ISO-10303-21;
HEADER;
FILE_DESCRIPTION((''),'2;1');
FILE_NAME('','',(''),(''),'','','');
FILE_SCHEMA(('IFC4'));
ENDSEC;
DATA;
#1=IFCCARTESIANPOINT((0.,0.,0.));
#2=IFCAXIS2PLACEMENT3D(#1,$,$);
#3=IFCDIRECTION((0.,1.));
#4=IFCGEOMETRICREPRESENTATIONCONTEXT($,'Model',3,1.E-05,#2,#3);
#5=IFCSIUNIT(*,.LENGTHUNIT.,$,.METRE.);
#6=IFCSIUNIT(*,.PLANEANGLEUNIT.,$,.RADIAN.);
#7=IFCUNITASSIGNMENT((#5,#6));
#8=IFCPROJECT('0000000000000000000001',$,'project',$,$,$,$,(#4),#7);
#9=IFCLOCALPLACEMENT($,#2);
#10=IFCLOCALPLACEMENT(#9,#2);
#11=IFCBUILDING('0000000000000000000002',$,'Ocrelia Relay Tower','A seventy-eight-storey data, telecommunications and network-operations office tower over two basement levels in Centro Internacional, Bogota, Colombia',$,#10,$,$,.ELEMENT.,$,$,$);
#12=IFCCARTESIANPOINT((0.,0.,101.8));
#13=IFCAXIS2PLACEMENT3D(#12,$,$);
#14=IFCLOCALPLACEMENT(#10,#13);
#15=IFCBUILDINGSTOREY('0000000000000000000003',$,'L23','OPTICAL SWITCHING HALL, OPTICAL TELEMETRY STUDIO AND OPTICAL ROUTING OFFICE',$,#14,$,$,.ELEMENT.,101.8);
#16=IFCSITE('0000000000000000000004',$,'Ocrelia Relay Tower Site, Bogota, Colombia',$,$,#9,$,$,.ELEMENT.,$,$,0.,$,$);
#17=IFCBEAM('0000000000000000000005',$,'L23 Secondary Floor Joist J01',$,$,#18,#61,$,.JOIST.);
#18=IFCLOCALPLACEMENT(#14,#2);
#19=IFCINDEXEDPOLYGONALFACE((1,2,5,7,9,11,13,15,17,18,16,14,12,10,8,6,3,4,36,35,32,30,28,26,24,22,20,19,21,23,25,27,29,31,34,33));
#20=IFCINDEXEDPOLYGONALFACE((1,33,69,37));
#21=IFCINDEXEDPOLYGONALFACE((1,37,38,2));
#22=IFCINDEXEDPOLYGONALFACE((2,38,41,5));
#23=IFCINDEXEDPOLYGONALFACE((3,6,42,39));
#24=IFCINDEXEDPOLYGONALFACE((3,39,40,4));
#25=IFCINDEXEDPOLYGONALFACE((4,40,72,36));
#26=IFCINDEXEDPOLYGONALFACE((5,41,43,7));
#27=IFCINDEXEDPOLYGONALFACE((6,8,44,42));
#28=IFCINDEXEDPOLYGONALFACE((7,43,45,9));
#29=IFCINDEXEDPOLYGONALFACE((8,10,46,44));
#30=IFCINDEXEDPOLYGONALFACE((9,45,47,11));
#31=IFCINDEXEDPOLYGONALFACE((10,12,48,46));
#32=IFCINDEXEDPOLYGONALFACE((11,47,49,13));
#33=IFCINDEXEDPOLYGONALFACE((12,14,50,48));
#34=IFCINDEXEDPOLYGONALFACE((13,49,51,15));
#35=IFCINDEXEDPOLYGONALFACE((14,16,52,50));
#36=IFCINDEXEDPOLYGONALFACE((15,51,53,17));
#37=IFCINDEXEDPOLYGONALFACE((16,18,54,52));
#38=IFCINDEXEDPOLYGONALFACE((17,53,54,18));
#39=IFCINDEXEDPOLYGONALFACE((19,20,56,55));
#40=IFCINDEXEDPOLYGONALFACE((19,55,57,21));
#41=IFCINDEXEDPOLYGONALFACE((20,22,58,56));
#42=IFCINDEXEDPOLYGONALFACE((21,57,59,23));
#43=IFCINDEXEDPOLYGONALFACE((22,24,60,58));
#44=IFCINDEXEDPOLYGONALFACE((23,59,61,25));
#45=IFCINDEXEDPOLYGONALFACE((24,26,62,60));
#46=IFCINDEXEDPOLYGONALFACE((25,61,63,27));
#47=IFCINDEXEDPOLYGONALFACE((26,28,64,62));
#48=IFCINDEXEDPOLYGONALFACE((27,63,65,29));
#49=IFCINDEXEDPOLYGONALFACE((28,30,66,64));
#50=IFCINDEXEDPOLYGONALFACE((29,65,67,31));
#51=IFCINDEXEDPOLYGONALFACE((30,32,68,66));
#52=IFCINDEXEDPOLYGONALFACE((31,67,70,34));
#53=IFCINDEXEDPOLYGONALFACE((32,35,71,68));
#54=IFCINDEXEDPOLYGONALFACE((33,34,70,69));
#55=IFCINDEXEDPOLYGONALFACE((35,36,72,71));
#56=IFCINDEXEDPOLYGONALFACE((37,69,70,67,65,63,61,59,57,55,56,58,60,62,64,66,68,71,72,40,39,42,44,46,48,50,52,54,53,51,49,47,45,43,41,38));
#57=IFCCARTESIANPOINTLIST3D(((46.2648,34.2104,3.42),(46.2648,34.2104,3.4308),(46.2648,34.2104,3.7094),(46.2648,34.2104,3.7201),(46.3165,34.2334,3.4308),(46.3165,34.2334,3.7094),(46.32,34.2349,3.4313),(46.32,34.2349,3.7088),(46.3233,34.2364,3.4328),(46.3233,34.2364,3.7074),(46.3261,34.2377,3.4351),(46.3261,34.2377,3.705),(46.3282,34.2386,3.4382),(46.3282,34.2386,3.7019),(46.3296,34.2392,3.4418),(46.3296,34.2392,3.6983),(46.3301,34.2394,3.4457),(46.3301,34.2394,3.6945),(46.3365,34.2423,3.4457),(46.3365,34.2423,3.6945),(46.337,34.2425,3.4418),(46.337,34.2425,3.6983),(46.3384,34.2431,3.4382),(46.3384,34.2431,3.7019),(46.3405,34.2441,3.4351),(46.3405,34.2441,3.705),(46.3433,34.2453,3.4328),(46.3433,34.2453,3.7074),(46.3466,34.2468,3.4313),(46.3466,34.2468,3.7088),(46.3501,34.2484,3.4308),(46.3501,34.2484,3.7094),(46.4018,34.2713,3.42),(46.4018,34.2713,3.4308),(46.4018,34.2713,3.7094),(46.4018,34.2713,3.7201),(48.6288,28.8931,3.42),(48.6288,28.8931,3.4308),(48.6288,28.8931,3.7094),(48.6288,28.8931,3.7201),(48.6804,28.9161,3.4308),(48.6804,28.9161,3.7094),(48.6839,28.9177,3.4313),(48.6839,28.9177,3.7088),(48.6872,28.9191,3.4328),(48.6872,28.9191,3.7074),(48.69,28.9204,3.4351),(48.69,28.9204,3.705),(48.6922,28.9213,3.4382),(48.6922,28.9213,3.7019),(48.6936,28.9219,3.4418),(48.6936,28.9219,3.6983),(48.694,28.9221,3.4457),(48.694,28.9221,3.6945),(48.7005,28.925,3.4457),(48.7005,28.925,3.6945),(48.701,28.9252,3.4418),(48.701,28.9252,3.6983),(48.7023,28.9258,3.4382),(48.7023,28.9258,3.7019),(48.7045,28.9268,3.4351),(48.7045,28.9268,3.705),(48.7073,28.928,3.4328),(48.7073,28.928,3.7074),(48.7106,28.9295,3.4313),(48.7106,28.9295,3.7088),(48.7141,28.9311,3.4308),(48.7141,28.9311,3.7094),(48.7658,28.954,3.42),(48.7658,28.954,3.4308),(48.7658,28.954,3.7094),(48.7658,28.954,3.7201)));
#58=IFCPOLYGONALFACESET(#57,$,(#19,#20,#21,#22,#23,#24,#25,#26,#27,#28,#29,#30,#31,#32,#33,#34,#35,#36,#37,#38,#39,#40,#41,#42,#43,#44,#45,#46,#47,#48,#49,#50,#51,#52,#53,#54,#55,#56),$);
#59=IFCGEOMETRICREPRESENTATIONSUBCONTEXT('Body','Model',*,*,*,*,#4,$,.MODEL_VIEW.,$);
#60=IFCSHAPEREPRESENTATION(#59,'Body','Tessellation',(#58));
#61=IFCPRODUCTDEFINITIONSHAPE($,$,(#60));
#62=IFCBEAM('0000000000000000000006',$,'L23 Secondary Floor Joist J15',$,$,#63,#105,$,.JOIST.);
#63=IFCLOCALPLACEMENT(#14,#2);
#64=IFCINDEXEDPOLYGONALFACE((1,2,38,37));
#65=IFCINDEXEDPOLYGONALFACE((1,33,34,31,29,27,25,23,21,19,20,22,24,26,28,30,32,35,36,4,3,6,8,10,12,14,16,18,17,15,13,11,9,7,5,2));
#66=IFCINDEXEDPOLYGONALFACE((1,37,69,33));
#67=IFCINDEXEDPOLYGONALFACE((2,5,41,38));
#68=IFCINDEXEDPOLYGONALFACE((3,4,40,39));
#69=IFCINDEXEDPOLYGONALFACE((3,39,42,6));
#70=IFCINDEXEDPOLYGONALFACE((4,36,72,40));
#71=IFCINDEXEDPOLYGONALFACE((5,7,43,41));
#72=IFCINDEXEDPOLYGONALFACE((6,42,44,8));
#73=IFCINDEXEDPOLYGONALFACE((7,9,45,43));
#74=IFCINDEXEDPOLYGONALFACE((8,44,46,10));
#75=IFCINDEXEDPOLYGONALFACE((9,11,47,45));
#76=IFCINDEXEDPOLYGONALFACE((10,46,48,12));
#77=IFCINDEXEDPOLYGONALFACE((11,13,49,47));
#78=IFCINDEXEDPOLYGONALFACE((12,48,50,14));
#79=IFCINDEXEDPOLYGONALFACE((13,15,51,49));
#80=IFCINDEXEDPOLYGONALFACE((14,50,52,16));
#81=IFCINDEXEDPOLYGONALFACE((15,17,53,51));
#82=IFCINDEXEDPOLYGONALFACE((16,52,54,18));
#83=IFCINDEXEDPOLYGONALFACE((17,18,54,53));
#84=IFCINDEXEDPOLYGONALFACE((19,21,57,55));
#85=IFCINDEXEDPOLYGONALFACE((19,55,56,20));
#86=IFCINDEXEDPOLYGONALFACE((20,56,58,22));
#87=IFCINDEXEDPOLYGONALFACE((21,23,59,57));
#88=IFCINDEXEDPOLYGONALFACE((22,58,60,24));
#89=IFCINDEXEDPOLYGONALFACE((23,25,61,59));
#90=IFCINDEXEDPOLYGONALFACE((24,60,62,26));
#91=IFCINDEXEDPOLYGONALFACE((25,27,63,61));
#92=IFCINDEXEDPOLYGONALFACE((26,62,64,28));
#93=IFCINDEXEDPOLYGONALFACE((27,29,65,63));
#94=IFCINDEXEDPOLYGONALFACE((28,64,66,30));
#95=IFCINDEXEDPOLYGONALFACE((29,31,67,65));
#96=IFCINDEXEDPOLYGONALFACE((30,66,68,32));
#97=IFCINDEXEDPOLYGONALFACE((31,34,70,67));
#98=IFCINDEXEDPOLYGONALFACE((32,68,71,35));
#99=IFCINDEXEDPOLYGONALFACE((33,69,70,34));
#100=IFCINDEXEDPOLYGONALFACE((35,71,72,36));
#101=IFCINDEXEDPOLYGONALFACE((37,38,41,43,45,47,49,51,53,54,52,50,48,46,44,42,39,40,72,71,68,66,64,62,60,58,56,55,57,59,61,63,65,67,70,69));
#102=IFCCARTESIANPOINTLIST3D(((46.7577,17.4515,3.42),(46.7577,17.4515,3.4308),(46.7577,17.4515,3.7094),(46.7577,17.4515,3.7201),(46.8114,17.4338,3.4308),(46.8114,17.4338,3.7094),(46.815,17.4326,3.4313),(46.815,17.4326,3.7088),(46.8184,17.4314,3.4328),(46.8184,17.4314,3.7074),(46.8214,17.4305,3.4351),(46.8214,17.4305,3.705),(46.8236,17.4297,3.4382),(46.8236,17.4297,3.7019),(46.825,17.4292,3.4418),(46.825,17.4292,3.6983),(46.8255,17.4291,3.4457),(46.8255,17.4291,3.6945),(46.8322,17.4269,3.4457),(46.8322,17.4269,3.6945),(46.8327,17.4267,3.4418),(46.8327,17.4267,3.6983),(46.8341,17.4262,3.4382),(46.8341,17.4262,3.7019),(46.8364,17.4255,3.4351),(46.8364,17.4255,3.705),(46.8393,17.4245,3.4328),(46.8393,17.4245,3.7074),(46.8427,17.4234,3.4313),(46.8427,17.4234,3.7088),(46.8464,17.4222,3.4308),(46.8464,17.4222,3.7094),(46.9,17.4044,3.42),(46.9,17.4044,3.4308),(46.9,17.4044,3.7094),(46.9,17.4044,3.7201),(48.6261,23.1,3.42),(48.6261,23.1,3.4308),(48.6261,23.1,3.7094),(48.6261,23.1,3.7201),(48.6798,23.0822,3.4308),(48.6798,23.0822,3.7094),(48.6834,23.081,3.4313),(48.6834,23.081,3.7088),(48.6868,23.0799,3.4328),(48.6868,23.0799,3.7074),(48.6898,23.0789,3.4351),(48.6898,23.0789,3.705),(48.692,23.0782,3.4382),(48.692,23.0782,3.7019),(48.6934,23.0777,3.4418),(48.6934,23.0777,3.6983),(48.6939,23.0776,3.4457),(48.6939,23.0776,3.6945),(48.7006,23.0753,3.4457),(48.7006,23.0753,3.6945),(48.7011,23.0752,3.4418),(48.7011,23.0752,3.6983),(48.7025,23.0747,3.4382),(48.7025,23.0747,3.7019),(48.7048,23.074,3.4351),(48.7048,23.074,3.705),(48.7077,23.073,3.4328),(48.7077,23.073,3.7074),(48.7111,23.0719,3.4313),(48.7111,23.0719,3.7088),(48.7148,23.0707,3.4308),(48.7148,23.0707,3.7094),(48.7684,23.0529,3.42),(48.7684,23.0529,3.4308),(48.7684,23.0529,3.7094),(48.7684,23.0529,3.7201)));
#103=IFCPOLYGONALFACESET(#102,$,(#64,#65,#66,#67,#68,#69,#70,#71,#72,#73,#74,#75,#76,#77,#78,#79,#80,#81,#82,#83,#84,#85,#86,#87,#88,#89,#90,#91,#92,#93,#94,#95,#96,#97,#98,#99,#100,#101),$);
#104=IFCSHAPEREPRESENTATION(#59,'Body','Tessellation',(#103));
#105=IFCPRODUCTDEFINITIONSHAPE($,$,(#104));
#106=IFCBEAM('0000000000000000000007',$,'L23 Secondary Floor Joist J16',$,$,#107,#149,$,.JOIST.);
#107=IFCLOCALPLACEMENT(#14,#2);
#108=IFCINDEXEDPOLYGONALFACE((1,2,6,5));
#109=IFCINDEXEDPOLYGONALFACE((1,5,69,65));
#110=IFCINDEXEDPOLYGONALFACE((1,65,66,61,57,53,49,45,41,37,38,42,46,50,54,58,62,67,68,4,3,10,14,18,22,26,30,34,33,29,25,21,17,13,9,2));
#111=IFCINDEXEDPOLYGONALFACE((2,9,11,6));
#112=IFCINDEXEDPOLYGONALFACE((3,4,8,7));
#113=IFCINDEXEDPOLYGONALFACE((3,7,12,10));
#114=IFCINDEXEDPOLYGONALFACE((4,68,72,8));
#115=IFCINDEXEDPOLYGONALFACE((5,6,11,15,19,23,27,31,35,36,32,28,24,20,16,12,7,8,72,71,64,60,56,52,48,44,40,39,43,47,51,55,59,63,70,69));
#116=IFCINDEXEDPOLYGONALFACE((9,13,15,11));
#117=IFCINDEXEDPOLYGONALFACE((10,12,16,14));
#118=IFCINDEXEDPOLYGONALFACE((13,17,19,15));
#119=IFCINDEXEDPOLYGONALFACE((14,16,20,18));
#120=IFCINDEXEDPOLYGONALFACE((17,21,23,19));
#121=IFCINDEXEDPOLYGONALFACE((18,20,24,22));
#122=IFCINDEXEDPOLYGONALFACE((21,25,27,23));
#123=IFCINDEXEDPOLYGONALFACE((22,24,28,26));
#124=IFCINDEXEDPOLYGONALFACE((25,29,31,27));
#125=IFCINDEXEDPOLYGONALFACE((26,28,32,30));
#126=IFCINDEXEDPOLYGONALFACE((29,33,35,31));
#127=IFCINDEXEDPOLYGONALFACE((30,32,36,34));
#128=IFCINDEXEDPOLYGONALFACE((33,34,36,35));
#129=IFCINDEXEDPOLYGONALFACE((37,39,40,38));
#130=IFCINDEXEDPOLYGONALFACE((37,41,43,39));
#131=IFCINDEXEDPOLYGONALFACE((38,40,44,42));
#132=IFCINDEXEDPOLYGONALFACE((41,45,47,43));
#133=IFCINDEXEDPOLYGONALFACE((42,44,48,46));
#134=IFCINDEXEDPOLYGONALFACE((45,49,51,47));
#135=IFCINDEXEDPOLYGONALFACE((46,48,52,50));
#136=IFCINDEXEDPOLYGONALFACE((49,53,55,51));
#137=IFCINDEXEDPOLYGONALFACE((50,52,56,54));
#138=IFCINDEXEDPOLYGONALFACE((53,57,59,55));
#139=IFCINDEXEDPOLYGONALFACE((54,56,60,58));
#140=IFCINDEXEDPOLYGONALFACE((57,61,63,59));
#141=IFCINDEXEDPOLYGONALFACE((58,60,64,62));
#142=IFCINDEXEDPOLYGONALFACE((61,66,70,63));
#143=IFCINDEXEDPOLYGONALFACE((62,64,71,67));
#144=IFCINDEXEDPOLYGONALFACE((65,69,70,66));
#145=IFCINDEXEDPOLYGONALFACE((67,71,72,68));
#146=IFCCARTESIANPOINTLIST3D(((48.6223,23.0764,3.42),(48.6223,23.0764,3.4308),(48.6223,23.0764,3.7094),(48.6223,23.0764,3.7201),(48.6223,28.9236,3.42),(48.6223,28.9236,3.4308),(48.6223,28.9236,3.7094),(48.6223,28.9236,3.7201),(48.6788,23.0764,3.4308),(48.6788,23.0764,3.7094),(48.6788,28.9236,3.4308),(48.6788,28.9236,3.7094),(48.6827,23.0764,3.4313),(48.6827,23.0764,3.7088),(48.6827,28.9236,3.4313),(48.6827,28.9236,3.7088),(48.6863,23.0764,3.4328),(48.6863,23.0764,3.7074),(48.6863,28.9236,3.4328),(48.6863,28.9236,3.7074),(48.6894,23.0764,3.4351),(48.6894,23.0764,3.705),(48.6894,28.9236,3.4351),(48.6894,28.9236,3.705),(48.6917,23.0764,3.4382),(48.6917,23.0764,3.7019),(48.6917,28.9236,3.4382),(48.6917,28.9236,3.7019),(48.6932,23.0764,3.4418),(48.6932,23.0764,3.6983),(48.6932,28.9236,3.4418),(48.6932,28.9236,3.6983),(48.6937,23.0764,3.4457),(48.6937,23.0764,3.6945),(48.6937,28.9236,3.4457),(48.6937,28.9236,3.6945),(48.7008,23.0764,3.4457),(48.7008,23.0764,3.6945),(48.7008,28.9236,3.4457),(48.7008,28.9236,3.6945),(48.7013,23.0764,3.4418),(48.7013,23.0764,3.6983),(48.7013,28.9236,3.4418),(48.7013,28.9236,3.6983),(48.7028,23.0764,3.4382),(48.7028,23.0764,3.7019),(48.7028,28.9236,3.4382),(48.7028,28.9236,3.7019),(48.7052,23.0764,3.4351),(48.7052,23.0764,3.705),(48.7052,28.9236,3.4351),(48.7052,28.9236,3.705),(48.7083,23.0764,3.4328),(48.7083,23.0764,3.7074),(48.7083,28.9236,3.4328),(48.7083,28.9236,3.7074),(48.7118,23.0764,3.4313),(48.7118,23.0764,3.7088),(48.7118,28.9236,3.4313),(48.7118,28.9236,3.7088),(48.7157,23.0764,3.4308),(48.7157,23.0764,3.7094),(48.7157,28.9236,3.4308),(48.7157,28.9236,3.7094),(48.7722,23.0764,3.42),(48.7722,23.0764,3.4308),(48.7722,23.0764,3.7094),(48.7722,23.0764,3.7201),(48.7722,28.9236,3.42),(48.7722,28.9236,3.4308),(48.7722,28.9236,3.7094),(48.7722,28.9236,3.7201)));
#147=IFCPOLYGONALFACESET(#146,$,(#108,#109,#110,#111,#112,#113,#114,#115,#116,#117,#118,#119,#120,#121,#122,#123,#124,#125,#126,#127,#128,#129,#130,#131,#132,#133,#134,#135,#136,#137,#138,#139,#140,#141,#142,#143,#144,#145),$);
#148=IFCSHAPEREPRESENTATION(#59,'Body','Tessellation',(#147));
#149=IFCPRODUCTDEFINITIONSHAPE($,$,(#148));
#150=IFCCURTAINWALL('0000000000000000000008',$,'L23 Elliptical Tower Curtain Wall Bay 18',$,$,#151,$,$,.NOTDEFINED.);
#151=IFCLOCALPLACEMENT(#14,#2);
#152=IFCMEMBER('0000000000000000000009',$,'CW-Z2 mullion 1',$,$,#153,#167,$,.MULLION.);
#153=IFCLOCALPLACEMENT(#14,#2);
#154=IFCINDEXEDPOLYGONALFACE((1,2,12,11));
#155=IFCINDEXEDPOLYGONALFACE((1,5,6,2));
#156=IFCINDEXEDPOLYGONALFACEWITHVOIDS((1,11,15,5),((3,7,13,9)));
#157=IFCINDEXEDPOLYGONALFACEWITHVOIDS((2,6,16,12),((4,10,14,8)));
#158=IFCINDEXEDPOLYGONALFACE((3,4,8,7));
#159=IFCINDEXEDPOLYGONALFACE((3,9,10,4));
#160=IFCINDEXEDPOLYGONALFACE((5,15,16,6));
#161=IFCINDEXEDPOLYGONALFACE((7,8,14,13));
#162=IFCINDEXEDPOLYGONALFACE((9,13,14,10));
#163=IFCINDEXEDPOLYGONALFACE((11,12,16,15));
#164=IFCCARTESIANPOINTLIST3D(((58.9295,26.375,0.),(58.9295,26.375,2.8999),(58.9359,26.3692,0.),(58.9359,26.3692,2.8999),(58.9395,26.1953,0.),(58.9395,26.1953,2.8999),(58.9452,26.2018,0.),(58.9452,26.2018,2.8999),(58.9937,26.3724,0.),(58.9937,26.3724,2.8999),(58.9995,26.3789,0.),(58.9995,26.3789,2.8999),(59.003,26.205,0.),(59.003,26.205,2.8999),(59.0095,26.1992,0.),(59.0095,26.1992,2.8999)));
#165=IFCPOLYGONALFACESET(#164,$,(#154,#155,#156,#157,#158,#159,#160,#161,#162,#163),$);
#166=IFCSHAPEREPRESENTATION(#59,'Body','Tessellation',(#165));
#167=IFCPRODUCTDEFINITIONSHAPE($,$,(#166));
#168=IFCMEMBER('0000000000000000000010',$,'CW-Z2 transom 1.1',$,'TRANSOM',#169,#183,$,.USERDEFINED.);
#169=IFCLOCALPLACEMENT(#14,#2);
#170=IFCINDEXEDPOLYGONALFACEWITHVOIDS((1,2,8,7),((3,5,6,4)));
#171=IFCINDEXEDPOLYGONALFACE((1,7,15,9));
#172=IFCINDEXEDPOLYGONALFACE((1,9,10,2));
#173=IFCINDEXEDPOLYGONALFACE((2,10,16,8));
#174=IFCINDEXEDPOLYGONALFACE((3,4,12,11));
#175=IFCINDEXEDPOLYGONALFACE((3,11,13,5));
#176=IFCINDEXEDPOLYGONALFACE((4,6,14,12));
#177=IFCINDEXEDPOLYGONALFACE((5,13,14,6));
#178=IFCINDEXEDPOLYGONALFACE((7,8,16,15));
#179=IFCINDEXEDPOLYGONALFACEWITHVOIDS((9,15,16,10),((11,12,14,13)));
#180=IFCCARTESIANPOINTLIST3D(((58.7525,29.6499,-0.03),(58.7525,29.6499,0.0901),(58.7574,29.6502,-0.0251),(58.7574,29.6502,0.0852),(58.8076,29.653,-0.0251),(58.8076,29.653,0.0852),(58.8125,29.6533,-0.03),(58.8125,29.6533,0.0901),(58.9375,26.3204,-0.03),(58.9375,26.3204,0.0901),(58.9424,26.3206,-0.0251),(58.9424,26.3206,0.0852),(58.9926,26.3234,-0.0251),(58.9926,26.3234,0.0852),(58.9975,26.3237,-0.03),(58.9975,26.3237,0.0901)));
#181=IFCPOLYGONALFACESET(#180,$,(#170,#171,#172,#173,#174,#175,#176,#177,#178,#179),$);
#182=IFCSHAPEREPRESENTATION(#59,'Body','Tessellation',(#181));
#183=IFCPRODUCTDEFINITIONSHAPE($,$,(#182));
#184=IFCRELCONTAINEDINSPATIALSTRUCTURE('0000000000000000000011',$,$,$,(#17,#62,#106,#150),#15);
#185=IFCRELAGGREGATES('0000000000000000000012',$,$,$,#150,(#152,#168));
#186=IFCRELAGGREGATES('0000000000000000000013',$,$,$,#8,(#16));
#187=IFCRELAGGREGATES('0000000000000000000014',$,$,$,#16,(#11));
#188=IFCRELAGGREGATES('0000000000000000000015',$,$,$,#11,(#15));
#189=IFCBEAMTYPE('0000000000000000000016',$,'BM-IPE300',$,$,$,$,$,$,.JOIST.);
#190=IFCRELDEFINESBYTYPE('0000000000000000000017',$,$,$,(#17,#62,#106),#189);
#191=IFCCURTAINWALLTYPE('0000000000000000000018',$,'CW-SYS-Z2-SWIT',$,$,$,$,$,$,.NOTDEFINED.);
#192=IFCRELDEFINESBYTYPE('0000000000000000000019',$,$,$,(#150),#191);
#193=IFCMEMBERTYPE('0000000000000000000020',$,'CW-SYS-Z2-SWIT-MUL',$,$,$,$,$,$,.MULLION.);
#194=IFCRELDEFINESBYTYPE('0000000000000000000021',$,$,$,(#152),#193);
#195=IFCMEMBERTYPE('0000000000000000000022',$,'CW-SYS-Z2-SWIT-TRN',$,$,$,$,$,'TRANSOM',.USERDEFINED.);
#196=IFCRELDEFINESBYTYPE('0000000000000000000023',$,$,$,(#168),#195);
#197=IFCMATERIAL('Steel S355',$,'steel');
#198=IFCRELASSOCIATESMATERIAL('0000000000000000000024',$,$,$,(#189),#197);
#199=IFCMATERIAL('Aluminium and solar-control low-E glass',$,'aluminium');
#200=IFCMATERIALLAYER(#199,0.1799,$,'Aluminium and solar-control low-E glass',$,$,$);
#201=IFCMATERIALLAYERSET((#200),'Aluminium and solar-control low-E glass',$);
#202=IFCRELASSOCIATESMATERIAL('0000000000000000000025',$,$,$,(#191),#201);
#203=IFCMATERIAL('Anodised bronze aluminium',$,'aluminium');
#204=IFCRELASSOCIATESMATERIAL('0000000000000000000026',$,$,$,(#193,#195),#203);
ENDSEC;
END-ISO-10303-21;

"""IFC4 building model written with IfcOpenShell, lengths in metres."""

from ifc_helpers import new_model, si_unit, direction, frame, origin, origin_2d, place, context, subcontext, project, spatial, hollow_rectangle, i_section, extrude, material, layer, layer_set, material_profile, profile_set, type_object, element, aggregate, save


model = new_model("IFC4")

# Units and contexts
model_context = context("Model", 3, precision=1e-05, world=origin(), true_north=direction((0.0, 1.0)))
body_context = subcontext(model_context, "Body", "Model", "MODEL_VIEW")
ifc_project = project(units=[si_unit("LENGTHUNIT", "METRE"), si_unit("PLANEANGLEUNIT", "RADIAN")], contexts=[model_context])

# Site, building, storey
site_placement = place(None, origin())
site = spatial("IfcSite", under=ifc_project, at=site_placement, Name="Ocrelia Relay Tower Site, Bogota, Colombia", CompositionType="ELEMENT", RefElevation=0.0)
building_placement = place(site_placement, origin())
building = spatial("IfcBuilding", under=site, at=building_placement, Name="Ocrelia Relay Tower", Description="A seventy-eight-storey data, telecommunications and network-operations office tower over two basement levels in Centro Internacional, Bogota, Colombia", CompositionType="ELEMENT")
storey_placement = place(building_placement, frame((0.0, 0.0, 101.8)))
storey = spatial("IfcBuildingStorey", under=building, at=storey_placement, Name="L23", Description="OPTICAL SWITCHING HALL, OPTICAL TELEMETRY STUDIO AND OPTICAL ROUTING OFFICE", CompositionType="ELEMENT", Elevation=101.8)

# Beams
ifc_material_1 = material(Name="Steel S355", Category="steel")
ifc_material_profile_1 = material_profile(ifc_material_1, i_section(OverallWidth=0.1499, OverallDepth=0.3, WebThickness=0.0071, FlangeThickness=0.0107, FilletRadius=0.0149, at=origin_2d()), Name="IPE 300")
ifc_profile_set_1 = profile_set([ifc_material_profile_1], Name="Steel S355")
beam_type_1 = type_object("IfcBeamType", Name="BM-IPE300", PredefinedType="JOIST", material=ifc_profile_set_1)
beam_1_placement = place(storey_placement, frame((48.6973, 28.9236, 3.5701), z_axis=(-0.406244, 0.913765, 0.0), x_axis=(-0.913765, -0.406244, 0.0)))
element("IfcBeam", 1, at=beam_1_placement, inside=storey, type_object=beam_type_1, Name="L23 Secondary Floor Joist J01", PredefinedType="JOIST", context=body_context, shape_type="SweptSolid", body=[
    extrude(i_section(OverallWidth=0.1499, OverallDepth=0.3, WebThickness=0.0071, FlangeThickness=0.0107, FilletRadius=0.0149, at=origin_2d()), origin(), (0.0, 0.0, 1.0), 5.8191),
])
beam_2_placement = place(storey_placement, frame((46.8289, 17.428, 3.5701), z_axis=(0.314048, 0.949407, 0.0), x_axis=(-0.949407, 0.314048, 0.0)))
element("IfcBeam", 2, at=beam_2_placement, inside=storey, type_object=beam_type_1, Name="L23 Secondary Floor Joist J15", PredefinedType="JOIST", context=body_context, shape_type="SweptSolid", body=[
    extrude(i_section(OverallWidth=0.1499, OverallDepth=0.3, WebThickness=0.0071, FlangeThickness=0.0107, FilletRadius=0.0149, at=origin_2d()), origin(), (0.0, 0.0, 1.0), 5.9495),
])
beam_3_placement = place(storey_placement, frame((48.6973, 23.0764, 3.5701), z_axis=(0.0, 1.0, 0.0), x_axis=(-1.0, 0.0, 0.0)))
element("IfcBeam", 3, at=beam_3_placement, inside=storey, type_object=beam_type_1, Name="L23 Secondary Floor Joist J16", PredefinedType="JOIST", context=body_context, shape_type="SweptSolid", body=[
    extrude(i_section(OverallWidth=0.1499, OverallDepth=0.3, WebThickness=0.0071, FlangeThickness=0.0107, FilletRadius=0.0149, at=origin_2d()), origin(), (0.0, 0.0, 1.0), 5.8472),
])

# Curtain wall, members
ifc_material_2 = material(Name="Aluminium and solar-control low-E glass", Category="aluminium")
ifc_layer_1 = layer(ifc_material_2, 0.1799, Name="Aluminium and solar-control low-E glass")
ifc_layer_set_1 = layer_set([ifc_layer_1], Name="Aluminium and solar-control low-E glass")
curtain_wall_type = type_object("IfcCurtainWallType", Name="CW-SYS-Z2-SWIT", PredefinedType="NOTDEFINED", material=ifc_layer_set_1)
curtain_wall_placement = place(storey_placement, origin())
curtain_wall = element("IfcCurtainWall", 4, at=curtain_wall_placement, inside=storey, type_object=curtain_wall_type, Name="L23 Elliptical Tower Curtain Wall Bay 18", PredefinedType="NOTDEFINED")
ifc_material_3 = material(Name="Anodised bronze aluminium", Category="aluminium")
ifc_material_profile_2 = material_profile(ifc_material_3, hollow_rectangle(XDim=0.0701, YDim=0.1799, WallThickness=0.0061, at=origin_2d()), Name="CW-MUL-180x70")
ifc_profile_set_2 = profile_set([ifc_material_profile_2], Name="Anodised bronze aluminium")
member_type_1 = type_object("IfcMemberType", Name="CW-SYS-Z2-SWIT-MUL", PredefinedType="MULLION", material=ifc_profile_set_2)
member_1_placement = place(storey_placement, frame((58.9695, 26.2871, 0.0), z_axis=(0.0, 0.0, 1.0), x_axis=(-0.998459, -0.055487, 0.0)))
member_1 = element("IfcMember", 5, at=member_1_placement, type_object=member_type_1, Name="CW-Z2 mullion 1", PredefinedType="MULLION", context=body_context, shape_type="SweptSolid", body=[
    extrude(hollow_rectangle(XDim=0.0701, YDim=0.1799, WallThickness=0.0061, at=origin_2d()), origin(), (0.0, 0.0, 1.0), 2.8999),
])
ifc_material_profile_3 = material_profile(ifc_material_3, hollow_rectangle(XDim=0.0601, YDim=0.1201, WallThickness=0.0049, at=origin_2d()), Name="CW-TRN-120x60")
ifc_profile_set_3 = profile_set([ifc_material_profile_3], Name="Anodised bronze aluminium")
member_type_2 = type_object("IfcMemberType", Name="CW-SYS-Z2-SWIT-TRN", ElementType="TRANSOM", PredefinedType="USERDEFINED", material=ifc_profile_set_3)
member_2_placement = place(storey_placement, frame((58.9675, 26.322, 0.03), z_axis=(-0.055494, 0.998459, 0.0), x_axis=(-0.998459, -0.055494, 0.0)))
member_2 = element("IfcMember", 6, at=member_2_placement, type_object=member_type_2, Name="CW-Z2 transom 1.1", ObjectType="TRANSOM", PredefinedType="USERDEFINED", context=body_context, shape_type="SweptSolid", body=[
    extrude(hollow_rectangle(XDim=0.0601, YDim=0.1201, WallThickness=0.0049, at=origin_2d()), origin(), (0.0, 0.0, 1.0), 3.3347),
])
aggregate(curtain_wall, [member_1, member_2])

save(model, "model.ifc")
